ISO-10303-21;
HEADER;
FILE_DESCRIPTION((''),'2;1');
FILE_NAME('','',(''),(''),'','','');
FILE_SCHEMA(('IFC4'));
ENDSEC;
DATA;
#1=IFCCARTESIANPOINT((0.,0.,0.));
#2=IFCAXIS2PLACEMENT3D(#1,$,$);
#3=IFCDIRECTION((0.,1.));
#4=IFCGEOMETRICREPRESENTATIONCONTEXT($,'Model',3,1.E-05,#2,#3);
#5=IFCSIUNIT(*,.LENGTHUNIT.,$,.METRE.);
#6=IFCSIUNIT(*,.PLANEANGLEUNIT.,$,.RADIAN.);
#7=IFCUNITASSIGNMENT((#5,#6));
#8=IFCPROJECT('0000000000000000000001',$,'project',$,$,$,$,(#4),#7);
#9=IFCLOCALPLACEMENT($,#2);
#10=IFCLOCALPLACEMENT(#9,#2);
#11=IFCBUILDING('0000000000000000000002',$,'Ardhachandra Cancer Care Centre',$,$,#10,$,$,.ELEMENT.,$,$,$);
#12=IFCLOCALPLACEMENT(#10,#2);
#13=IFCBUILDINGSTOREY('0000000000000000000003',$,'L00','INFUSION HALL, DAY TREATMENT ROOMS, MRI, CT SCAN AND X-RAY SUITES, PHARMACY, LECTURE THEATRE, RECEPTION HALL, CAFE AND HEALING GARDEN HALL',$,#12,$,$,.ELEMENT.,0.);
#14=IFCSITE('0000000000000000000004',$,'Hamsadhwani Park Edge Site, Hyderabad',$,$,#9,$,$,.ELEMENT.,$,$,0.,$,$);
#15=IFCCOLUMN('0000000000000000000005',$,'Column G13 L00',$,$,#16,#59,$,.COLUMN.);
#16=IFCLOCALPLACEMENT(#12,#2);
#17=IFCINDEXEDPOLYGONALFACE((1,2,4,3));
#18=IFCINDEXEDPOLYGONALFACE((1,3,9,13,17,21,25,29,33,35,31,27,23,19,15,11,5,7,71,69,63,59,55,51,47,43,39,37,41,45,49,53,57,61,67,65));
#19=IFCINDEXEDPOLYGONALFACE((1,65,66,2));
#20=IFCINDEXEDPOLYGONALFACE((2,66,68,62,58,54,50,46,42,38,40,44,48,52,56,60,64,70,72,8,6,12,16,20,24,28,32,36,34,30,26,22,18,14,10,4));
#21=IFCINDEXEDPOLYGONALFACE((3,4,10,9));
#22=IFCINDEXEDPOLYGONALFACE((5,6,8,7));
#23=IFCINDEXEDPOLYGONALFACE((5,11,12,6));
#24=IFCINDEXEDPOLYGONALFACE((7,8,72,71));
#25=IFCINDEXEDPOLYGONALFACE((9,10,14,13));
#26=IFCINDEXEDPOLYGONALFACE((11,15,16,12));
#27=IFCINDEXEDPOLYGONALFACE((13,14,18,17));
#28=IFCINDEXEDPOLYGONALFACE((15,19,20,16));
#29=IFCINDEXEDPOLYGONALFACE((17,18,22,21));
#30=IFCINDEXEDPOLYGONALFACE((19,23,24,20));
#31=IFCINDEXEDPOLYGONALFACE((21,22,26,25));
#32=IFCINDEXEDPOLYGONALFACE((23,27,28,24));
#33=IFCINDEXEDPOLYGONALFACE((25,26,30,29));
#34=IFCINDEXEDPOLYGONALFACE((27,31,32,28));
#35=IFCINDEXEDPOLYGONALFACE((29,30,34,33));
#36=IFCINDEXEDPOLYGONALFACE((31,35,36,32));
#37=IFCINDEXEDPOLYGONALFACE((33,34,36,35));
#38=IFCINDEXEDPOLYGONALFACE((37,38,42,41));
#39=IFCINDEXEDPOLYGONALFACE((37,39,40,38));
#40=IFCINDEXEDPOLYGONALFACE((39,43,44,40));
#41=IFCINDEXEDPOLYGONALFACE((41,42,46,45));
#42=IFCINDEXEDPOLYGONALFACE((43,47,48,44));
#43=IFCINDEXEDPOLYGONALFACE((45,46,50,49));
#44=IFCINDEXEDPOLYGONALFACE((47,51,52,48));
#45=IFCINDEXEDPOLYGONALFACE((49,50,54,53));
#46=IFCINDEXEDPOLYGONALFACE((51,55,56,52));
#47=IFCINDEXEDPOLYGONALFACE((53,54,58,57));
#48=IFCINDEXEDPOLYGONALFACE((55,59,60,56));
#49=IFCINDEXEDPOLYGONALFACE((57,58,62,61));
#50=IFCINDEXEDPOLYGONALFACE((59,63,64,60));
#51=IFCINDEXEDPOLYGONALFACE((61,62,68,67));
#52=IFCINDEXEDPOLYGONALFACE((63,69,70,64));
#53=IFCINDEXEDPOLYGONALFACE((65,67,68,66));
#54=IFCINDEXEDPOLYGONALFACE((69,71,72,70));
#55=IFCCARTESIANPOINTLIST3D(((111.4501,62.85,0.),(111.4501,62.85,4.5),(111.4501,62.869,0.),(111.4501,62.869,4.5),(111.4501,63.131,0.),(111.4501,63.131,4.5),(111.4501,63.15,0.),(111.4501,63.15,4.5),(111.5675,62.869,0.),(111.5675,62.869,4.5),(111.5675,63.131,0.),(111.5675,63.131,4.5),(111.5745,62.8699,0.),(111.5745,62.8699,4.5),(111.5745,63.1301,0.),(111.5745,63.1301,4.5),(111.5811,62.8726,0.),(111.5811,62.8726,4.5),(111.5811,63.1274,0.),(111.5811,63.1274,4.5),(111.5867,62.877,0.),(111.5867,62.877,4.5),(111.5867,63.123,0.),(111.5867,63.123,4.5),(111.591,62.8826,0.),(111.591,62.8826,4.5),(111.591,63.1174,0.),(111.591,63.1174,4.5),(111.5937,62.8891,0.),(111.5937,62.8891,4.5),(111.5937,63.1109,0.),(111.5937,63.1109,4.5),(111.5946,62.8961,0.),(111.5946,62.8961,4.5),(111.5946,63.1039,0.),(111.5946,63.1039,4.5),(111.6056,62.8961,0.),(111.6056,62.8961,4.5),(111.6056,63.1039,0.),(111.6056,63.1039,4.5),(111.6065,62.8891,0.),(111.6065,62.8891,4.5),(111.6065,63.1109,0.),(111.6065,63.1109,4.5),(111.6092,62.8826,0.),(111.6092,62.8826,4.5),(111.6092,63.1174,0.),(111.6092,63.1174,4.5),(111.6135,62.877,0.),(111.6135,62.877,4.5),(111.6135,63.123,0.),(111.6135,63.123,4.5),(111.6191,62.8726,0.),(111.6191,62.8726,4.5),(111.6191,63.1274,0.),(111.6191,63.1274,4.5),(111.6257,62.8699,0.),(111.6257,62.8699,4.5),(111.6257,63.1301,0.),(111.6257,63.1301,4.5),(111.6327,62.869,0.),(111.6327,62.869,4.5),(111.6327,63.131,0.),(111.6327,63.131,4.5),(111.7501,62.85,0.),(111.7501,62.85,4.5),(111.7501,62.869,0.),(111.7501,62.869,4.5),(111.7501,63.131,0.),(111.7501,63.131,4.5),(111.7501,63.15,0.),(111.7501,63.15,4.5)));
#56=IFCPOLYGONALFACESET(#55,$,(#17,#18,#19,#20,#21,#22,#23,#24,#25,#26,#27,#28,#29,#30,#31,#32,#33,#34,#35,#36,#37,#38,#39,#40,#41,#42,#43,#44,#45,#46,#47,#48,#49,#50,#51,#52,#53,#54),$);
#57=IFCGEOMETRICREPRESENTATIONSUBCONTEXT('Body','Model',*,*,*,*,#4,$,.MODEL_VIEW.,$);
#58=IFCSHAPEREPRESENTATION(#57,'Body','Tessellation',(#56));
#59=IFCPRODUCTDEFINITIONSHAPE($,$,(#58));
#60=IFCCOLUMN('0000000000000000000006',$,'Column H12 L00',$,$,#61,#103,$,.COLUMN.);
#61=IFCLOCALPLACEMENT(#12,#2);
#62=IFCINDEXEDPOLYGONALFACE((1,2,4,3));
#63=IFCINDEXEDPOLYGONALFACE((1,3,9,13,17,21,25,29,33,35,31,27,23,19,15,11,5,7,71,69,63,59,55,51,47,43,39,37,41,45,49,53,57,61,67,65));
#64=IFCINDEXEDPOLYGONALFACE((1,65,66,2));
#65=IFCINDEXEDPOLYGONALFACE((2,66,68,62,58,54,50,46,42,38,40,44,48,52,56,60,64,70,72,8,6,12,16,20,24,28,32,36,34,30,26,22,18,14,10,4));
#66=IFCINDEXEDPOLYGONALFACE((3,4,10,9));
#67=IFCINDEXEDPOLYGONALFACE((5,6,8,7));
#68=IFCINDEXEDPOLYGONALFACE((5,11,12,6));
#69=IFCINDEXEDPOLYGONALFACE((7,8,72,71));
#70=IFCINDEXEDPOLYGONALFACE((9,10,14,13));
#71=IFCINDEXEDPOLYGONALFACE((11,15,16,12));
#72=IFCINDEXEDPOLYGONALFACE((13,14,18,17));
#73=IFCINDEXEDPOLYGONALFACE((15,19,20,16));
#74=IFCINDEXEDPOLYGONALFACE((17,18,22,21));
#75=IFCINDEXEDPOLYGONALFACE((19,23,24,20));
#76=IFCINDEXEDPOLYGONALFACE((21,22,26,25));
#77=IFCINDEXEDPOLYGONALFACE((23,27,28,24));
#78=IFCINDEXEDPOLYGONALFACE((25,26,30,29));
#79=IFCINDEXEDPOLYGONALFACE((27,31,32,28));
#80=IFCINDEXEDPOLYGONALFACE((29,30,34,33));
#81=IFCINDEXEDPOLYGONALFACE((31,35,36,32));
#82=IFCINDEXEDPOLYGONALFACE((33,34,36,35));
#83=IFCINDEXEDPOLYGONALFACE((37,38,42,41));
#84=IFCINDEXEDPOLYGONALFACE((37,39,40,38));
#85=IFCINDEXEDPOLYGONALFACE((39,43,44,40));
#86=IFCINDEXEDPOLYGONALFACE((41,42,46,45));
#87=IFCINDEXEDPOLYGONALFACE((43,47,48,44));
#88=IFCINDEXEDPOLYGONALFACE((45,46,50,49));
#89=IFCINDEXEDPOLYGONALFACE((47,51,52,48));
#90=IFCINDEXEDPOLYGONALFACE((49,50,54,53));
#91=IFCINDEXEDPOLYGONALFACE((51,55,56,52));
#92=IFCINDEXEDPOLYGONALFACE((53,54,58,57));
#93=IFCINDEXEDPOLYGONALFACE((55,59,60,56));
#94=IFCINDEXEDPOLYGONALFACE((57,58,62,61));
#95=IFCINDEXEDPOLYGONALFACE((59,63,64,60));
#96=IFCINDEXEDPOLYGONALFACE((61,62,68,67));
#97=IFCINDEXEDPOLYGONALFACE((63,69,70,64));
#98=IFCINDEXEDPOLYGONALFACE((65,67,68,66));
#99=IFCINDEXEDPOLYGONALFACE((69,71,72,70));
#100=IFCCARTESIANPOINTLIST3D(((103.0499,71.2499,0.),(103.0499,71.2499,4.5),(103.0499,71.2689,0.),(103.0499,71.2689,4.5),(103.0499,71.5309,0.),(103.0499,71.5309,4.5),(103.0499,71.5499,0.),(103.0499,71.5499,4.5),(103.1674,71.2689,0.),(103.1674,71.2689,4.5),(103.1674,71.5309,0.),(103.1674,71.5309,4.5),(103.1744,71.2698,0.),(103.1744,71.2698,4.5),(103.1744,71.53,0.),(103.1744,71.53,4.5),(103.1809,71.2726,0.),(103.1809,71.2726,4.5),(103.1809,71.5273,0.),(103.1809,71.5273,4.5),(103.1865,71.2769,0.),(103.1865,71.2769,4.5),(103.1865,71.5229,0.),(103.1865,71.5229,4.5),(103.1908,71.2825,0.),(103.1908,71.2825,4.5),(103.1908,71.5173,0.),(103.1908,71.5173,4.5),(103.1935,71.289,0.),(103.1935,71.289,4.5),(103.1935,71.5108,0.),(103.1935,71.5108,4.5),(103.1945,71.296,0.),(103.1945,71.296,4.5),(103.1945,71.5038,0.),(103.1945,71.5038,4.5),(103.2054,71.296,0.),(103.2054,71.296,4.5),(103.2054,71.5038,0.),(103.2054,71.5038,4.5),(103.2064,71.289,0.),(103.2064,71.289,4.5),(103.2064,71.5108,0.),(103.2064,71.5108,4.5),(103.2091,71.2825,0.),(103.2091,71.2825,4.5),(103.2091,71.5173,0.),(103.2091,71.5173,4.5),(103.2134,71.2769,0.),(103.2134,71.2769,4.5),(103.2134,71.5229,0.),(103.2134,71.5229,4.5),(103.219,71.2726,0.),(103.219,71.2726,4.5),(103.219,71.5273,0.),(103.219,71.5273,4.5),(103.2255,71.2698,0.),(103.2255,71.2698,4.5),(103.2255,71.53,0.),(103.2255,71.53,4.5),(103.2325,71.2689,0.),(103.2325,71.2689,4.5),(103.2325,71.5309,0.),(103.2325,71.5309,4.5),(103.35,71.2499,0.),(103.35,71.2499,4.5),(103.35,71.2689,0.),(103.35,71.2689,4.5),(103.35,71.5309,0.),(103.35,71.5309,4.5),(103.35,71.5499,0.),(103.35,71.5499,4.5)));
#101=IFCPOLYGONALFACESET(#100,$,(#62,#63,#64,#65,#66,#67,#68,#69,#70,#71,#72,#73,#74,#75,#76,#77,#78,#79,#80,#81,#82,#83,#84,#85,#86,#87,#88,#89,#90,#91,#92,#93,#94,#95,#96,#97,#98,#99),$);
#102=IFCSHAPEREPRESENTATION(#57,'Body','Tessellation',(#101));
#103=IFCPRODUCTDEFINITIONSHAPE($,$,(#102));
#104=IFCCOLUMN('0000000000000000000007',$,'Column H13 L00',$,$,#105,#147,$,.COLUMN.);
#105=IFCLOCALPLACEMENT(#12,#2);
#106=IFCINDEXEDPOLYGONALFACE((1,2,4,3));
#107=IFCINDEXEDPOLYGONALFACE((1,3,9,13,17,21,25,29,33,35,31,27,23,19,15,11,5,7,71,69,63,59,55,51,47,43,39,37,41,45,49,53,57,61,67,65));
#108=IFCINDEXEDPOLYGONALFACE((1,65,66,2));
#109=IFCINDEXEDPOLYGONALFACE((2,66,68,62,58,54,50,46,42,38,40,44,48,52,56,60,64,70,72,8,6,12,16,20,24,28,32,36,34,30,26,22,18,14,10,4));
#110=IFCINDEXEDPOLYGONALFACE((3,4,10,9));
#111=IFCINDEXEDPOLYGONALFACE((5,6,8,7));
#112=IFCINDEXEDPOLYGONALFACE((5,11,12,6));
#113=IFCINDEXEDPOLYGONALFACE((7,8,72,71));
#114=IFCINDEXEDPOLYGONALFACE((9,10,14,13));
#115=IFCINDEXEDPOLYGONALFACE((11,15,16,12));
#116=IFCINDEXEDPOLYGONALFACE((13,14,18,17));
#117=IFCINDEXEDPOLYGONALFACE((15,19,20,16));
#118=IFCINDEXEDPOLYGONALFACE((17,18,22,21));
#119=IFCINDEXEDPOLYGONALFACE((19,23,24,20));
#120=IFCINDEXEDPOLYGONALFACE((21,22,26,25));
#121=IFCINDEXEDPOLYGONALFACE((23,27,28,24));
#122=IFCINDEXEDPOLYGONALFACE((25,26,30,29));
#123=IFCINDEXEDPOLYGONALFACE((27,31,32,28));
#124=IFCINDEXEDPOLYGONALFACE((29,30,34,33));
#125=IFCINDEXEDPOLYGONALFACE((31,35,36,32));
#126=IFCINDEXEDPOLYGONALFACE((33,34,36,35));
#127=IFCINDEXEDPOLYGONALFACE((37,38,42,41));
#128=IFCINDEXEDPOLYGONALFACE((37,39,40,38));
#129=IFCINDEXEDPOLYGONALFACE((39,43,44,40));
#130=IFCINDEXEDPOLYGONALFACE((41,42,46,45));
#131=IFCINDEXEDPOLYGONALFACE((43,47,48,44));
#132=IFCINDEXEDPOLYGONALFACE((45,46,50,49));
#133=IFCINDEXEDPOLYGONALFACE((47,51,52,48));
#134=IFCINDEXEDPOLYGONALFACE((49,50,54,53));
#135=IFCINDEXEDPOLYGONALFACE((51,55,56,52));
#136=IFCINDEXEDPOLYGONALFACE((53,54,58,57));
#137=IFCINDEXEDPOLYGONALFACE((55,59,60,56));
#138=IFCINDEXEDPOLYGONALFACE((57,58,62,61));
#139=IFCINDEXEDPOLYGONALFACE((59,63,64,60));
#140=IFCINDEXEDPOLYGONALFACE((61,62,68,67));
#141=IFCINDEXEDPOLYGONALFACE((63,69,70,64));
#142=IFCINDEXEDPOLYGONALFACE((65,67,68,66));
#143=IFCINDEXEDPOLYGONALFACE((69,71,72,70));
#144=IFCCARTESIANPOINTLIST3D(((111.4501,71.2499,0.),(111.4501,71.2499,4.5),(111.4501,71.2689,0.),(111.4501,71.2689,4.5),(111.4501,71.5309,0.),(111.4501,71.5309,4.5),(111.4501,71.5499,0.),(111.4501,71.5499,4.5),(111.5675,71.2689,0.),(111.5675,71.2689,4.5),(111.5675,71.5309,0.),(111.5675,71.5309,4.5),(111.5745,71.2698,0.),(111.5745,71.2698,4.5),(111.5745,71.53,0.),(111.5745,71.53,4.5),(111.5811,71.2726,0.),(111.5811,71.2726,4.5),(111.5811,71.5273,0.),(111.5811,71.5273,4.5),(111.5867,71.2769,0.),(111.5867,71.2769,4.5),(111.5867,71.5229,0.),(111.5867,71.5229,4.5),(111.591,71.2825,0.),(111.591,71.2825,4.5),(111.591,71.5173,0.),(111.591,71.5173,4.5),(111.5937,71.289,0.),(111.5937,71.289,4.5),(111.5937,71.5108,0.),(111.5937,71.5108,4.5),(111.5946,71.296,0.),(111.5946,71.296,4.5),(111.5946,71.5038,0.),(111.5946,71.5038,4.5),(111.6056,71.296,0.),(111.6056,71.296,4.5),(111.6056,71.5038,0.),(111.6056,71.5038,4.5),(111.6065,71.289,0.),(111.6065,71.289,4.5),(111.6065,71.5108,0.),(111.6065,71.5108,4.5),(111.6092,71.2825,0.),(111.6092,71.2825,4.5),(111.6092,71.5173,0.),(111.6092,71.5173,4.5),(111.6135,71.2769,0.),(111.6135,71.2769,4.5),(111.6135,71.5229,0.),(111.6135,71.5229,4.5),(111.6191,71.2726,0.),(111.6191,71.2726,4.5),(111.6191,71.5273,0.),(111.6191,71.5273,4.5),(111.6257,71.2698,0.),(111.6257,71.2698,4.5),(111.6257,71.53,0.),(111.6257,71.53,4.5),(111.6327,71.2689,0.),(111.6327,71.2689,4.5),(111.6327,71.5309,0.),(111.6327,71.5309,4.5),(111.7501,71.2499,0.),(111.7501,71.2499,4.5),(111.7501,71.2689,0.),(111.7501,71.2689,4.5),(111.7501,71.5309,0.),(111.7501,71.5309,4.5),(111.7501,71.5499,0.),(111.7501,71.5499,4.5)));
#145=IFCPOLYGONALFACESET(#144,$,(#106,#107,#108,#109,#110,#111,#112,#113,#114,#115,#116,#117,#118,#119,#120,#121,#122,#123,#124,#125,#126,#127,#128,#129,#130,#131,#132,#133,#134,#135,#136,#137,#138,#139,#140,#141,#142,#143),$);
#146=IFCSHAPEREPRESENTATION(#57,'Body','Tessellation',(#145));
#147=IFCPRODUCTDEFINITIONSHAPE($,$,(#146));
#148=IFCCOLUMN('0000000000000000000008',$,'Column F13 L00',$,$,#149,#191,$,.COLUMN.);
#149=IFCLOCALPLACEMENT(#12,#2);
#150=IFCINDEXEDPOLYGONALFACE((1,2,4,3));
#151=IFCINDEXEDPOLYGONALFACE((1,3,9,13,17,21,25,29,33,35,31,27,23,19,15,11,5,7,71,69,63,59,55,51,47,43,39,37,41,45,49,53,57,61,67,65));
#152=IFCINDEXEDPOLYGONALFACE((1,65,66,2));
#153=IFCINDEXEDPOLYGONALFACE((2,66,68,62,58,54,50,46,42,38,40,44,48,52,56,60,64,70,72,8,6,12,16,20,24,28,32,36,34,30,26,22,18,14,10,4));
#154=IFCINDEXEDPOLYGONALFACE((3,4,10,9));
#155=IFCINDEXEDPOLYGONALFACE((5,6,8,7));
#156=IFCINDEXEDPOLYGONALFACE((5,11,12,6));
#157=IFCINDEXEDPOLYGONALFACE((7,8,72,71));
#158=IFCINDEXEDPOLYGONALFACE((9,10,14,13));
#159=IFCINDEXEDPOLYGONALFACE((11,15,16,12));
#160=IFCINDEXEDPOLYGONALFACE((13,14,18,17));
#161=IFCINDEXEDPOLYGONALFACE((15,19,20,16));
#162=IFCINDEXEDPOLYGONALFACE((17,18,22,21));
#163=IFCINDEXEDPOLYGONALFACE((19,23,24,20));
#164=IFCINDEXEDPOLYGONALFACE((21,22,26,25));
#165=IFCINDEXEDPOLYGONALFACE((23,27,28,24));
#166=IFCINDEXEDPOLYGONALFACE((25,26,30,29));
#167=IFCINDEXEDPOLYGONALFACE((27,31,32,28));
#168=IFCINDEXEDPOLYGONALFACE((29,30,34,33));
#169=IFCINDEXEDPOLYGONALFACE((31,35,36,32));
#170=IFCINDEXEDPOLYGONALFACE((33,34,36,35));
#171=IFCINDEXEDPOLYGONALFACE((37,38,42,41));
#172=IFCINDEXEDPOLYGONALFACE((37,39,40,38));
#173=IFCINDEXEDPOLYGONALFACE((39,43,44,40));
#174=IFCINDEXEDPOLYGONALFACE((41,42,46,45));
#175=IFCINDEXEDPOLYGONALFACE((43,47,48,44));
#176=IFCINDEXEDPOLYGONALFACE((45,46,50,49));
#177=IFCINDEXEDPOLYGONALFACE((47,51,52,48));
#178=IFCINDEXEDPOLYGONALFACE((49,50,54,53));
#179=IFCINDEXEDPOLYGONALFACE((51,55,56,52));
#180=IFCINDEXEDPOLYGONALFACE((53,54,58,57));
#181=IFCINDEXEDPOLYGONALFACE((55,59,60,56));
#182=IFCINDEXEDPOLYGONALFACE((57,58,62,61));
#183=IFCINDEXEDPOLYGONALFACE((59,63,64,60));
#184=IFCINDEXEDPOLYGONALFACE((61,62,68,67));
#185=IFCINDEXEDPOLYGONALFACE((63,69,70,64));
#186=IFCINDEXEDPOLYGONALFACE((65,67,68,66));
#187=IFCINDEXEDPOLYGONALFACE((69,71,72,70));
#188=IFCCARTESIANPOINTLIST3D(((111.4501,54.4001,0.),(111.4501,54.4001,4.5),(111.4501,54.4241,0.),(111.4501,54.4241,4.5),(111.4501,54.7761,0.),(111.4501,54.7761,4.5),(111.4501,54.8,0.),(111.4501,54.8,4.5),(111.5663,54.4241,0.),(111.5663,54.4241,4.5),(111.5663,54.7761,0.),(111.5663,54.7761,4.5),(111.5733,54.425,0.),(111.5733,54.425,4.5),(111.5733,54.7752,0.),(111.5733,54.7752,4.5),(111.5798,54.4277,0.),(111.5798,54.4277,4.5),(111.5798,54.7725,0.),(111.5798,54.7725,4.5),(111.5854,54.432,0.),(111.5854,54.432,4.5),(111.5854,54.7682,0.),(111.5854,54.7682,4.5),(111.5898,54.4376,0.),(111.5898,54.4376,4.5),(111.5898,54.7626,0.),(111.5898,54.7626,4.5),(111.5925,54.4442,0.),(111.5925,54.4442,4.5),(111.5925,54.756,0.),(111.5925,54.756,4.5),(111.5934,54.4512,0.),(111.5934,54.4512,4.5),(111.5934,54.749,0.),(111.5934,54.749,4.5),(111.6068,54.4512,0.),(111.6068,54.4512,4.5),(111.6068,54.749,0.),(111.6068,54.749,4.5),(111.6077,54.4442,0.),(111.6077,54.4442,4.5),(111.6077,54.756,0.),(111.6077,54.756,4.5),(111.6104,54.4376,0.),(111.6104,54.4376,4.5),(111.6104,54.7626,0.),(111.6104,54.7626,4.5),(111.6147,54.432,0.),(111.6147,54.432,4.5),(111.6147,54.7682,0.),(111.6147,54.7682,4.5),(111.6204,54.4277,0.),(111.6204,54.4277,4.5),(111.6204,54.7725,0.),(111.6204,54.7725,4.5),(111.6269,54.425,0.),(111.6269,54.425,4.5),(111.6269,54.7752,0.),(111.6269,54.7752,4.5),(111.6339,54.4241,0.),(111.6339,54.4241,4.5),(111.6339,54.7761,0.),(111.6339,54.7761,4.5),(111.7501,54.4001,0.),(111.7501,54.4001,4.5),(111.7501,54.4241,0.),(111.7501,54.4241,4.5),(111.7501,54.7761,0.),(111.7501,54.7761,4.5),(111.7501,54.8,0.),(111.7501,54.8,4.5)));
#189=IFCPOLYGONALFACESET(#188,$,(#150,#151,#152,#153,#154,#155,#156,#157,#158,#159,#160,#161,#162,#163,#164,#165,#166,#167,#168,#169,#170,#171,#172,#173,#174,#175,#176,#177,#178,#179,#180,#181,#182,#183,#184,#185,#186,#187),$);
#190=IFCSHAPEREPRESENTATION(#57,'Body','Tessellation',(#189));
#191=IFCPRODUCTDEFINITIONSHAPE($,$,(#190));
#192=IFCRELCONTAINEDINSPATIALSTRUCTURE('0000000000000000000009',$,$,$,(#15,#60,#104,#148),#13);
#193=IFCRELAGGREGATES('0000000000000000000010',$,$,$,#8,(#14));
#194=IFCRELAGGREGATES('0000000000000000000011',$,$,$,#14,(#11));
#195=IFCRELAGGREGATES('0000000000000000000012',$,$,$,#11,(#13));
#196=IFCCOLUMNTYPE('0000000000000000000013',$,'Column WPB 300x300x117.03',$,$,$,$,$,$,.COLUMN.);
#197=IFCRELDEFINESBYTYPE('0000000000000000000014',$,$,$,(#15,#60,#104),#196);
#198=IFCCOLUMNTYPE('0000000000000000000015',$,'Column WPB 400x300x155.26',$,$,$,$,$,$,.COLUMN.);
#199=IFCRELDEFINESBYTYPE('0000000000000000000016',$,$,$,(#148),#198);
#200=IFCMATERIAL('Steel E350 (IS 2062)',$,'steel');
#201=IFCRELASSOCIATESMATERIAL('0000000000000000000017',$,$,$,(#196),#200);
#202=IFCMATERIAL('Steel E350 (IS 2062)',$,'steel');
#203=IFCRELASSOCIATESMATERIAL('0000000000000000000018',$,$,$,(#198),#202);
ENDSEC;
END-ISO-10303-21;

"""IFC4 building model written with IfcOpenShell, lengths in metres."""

from ifc_helpers import new_model, si_unit, direction, frame, origin, origin_2d, place, context, subcontext, project, spatial, i_section, extrude, material, material_profile, profile_set, type_object, element, save


model = new_model("IFC4")

# Units and contexts
model_context = context("Model", 3, precision=1e-05, world=origin(), true_north=direction((0.0, 1.0)))
body_context = subcontext(model_context, "Body", "Model", "MODEL_VIEW")
ifc_project = project(units=[si_unit("LENGTHUNIT", "METRE"), si_unit("PLANEANGLEUNIT", "RADIAN")], contexts=[model_context])

# Site, building, storey
site_placement = place(None, origin())
site = spatial("IfcSite", under=ifc_project, at=site_placement, Name="Hamsadhwani Park Edge Site, Hyderabad", CompositionType="ELEMENT", RefElevation=0.0)
building_placement = place(site_placement, origin())
building = spatial("IfcBuilding", under=site, at=building_placement, Name="Ardhachandra Cancer Care Centre", CompositionType="ELEMENT")
storey_placement = place(building_placement, origin())
storey = spatial("IfcBuildingStorey", under=building, at=storey_placement, Name="L00", Description="INFUSION HALL, DAY TREATMENT ROOMS, MRI, CT SCAN AND X-RAY SUITES, PHARMACY, LECTURE THEATRE, RECEPTION HALL, CAFE AND HEALING GARDEN HALL", CompositionType="ELEMENT", Elevation=0.0)

# Columns
ifc_material_1 = material(Name="Steel E350 (IS 2062)", Category="steel")
ifc_material_profile_1 = material_profile(ifc_material_1, i_section(OverallWidth=0.3, OverallDepth=0.3, WebThickness=0.011, FlangeThickness=0.019, FilletRadius=0.0271, at=origin_2d()), Name="WPB 300x300x117.03")
ifc_profile_set_1 = profile_set([ifc_material_profile_1], Name="Steel E350 (IS 2062)")
column_type_1 = type_object("IfcColumnType", Name="Column WPB 300x300x117.03", PredefinedType="COLUMN", material=ifc_profile_set_1)
for number, where, z_axis, x_axis, name in (
    (1, (111.6001, 63.0, 0.0), (0.0, 0.0, 1.0), (1.0, 0.0, 0.0), "Column G13 L00"),
    (2, (103.2, 71.3999, 0.0), (0.0, 0.0, 1.0), (1.0, 0.0, 0.0), "Column H12 L00"),
    (3, (111.6001, 71.3999, 0.0), (0.0, 0.0, 1.0), (1.0, 0.0, 0.0), "Column H13 L00"),
):
    element("IfcColumn", number, at=place(storey_placement, frame(where, z_axis=z_axis, x_axis=x_axis)), inside=storey, type_object=column_type_1, Name=name, PredefinedType="COLUMN", context=body_context, shape_type="SweptSolid", body=[
        extrude(i_section(OverallWidth=0.3, OverallDepth=0.3, WebThickness=0.011, FlangeThickness=0.019, FilletRadius=0.0271, at=origin_2d()), origin(), (0.0, 0.0, 1.0), 4.5),
    ])
ifc_material_2 = material(Name="Steel E350 (IS 2062)", Category="steel")
ifc_material_profile_2 = material_profile(ifc_material_2, i_section(OverallWidth=0.3, OverallDepth=0.3999, WebThickness=0.0134, FlangeThickness=0.0239, FilletRadius=0.0271, at=origin_2d()), Name="WPB 400x300x155.26")
ifc_profile_set_2 = profile_set([ifc_material_profile_2], Name="Steel E350 (IS 2062)")
column_type_2 = type_object("IfcColumnType", Name="Column WPB 400x300x155.26", PredefinedType="COLUMN", material=ifc_profile_set_2)
column_placement = place(storey_placement, frame((111.6001, 54.6001, 0.0), z_axis=(0.0, 0.0, 1.0), x_axis=(1.0, 0.0, 0.0)))
element("IfcColumn", 4, at=column_placement, inside=storey, type_object=column_type_2, Name="Column F13 L00", PredefinedType="COLUMN", context=body_context, shape_type="SweptSolid", body=[
    extrude(i_section(OverallWidth=0.3, OverallDepth=0.3999, WebThickness=0.0134, FlangeThickness=0.0239, FilletRadius=0.0271, at=origin_2d()), origin(), (0.0, 0.0, 1.0), 4.5),
])

save(model, "model.ifc")
